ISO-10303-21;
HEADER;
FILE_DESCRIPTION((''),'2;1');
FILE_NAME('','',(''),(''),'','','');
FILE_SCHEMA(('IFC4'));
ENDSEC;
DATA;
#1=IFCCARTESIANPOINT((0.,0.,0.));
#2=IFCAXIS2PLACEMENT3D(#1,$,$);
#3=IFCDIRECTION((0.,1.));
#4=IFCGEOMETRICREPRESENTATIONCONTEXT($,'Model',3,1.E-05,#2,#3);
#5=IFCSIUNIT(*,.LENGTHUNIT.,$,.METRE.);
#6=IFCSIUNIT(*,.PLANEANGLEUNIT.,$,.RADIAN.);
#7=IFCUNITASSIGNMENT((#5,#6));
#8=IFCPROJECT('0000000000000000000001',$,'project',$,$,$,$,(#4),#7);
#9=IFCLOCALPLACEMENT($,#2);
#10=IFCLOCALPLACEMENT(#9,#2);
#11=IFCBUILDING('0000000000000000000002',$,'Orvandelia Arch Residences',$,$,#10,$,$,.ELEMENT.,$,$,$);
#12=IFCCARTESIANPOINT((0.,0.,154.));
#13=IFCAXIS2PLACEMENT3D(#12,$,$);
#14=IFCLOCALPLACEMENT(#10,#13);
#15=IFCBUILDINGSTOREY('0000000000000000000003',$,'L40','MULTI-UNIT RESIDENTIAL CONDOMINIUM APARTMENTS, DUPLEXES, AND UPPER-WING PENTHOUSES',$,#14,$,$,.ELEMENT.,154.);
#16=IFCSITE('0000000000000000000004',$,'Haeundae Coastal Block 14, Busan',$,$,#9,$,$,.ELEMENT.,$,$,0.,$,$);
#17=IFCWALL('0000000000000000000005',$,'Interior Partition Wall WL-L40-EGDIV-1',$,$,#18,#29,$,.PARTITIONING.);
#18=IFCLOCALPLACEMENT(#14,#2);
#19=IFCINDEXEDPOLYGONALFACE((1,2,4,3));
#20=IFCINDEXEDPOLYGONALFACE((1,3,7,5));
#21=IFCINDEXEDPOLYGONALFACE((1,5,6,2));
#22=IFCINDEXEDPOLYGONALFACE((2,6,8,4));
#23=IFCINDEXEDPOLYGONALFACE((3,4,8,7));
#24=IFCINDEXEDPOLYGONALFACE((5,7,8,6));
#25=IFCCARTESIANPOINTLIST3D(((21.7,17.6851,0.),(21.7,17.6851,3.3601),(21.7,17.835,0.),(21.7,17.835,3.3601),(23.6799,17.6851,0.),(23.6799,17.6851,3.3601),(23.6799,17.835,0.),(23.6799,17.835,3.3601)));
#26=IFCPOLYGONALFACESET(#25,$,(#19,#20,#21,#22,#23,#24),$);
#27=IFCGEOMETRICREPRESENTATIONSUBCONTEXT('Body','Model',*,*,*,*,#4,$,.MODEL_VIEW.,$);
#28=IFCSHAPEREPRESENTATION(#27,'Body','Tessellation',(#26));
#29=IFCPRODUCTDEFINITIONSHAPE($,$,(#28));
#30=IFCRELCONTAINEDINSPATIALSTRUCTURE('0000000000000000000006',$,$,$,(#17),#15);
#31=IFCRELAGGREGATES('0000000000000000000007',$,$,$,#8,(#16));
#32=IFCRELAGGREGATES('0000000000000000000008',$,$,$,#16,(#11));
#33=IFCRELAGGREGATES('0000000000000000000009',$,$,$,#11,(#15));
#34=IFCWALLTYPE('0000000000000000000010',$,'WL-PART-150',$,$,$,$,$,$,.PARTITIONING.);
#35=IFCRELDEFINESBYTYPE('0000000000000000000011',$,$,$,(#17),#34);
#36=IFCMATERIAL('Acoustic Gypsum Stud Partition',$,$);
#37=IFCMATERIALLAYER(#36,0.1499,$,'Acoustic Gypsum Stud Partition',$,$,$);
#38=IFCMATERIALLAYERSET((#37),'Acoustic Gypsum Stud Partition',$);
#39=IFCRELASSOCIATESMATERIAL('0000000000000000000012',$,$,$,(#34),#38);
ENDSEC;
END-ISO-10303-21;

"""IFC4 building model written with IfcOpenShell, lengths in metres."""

from ifc_helpers import new_model, si_unit, direction, frame, frame_2d, origin, place, context, subcontext, project, spatial, rectangle, extrude, material, layer, layer_set, type_object, element, save


model = new_model("IFC4")

# Units and contexts
model_context = context("Model", 3, precision=1e-05, world=origin(), true_north=direction((0.0, 1.0)))
body_context = subcontext(model_context, "Body", "Model", "MODEL_VIEW")
ifc_project = project(units=[si_unit("LENGTHUNIT", "METRE"), si_unit("PLANEANGLEUNIT", "RADIAN")], contexts=[model_context])

# Site, building, storey
site_placement = place(None, origin())
site = spatial("IfcSite", under=ifc_project, at=site_placement, Name="Haeundae Coastal Block 14, Busan", CompositionType="ELEMENT", RefElevation=0.0)
building_placement = place(site_placement, origin())
building = spatial("IfcBuilding", under=site, at=building_placement, Name="Orvandelia Arch Residences", CompositionType="ELEMENT")
storey_placement = place(building_placement, frame((0.0, 0.0, 154.0)))
storey = spatial("IfcBuildingStorey", under=building, at=storey_placement, Name="L40", Description="MULTI-UNIT RESIDENTIAL CONDOMINIUM APARTMENTS, DUPLEXES, AND UPPER-WING PENTHOUSES", CompositionType="ELEMENT", Elevation=154.0)

# Wall
ifc_material_1 = material(Name="Acoustic Gypsum Stud Partition")
ifc_layer_1 = layer(ifc_material_1, 0.1499, Name="Acoustic Gypsum Stud Partition")
ifc_layer_set_1 = layer_set([ifc_layer_1], Name="Acoustic Gypsum Stud Partition")
wall_type_1 = type_object("IfcWallType", Name="WL-PART-150", PredefinedType="PARTITIONING", material=ifc_layer_set_1)
wall_1_placement = place(storey_placement, frame((21.7, 17.76, 0.0), z_axis=(0.0, 0.0, 1.0), x_axis=(1.0, 0.0, 0.0)))
element("IfcWall", 1, at=wall_1_placement, inside=storey, type_object=wall_type_1, Name="Interior Partition Wall WL-L40-EGDIV-1", PredefinedType="PARTITIONING", context=body_context, shape_type="SweptSolid", body=[
    extrude(rectangle(XDim=1.98, YDim=0.1499, at=frame_2d((0.99, 0.0))), origin(), (0.0, 0.0, 1.0), 3.3601),
])

save(model, "model.ifc")
